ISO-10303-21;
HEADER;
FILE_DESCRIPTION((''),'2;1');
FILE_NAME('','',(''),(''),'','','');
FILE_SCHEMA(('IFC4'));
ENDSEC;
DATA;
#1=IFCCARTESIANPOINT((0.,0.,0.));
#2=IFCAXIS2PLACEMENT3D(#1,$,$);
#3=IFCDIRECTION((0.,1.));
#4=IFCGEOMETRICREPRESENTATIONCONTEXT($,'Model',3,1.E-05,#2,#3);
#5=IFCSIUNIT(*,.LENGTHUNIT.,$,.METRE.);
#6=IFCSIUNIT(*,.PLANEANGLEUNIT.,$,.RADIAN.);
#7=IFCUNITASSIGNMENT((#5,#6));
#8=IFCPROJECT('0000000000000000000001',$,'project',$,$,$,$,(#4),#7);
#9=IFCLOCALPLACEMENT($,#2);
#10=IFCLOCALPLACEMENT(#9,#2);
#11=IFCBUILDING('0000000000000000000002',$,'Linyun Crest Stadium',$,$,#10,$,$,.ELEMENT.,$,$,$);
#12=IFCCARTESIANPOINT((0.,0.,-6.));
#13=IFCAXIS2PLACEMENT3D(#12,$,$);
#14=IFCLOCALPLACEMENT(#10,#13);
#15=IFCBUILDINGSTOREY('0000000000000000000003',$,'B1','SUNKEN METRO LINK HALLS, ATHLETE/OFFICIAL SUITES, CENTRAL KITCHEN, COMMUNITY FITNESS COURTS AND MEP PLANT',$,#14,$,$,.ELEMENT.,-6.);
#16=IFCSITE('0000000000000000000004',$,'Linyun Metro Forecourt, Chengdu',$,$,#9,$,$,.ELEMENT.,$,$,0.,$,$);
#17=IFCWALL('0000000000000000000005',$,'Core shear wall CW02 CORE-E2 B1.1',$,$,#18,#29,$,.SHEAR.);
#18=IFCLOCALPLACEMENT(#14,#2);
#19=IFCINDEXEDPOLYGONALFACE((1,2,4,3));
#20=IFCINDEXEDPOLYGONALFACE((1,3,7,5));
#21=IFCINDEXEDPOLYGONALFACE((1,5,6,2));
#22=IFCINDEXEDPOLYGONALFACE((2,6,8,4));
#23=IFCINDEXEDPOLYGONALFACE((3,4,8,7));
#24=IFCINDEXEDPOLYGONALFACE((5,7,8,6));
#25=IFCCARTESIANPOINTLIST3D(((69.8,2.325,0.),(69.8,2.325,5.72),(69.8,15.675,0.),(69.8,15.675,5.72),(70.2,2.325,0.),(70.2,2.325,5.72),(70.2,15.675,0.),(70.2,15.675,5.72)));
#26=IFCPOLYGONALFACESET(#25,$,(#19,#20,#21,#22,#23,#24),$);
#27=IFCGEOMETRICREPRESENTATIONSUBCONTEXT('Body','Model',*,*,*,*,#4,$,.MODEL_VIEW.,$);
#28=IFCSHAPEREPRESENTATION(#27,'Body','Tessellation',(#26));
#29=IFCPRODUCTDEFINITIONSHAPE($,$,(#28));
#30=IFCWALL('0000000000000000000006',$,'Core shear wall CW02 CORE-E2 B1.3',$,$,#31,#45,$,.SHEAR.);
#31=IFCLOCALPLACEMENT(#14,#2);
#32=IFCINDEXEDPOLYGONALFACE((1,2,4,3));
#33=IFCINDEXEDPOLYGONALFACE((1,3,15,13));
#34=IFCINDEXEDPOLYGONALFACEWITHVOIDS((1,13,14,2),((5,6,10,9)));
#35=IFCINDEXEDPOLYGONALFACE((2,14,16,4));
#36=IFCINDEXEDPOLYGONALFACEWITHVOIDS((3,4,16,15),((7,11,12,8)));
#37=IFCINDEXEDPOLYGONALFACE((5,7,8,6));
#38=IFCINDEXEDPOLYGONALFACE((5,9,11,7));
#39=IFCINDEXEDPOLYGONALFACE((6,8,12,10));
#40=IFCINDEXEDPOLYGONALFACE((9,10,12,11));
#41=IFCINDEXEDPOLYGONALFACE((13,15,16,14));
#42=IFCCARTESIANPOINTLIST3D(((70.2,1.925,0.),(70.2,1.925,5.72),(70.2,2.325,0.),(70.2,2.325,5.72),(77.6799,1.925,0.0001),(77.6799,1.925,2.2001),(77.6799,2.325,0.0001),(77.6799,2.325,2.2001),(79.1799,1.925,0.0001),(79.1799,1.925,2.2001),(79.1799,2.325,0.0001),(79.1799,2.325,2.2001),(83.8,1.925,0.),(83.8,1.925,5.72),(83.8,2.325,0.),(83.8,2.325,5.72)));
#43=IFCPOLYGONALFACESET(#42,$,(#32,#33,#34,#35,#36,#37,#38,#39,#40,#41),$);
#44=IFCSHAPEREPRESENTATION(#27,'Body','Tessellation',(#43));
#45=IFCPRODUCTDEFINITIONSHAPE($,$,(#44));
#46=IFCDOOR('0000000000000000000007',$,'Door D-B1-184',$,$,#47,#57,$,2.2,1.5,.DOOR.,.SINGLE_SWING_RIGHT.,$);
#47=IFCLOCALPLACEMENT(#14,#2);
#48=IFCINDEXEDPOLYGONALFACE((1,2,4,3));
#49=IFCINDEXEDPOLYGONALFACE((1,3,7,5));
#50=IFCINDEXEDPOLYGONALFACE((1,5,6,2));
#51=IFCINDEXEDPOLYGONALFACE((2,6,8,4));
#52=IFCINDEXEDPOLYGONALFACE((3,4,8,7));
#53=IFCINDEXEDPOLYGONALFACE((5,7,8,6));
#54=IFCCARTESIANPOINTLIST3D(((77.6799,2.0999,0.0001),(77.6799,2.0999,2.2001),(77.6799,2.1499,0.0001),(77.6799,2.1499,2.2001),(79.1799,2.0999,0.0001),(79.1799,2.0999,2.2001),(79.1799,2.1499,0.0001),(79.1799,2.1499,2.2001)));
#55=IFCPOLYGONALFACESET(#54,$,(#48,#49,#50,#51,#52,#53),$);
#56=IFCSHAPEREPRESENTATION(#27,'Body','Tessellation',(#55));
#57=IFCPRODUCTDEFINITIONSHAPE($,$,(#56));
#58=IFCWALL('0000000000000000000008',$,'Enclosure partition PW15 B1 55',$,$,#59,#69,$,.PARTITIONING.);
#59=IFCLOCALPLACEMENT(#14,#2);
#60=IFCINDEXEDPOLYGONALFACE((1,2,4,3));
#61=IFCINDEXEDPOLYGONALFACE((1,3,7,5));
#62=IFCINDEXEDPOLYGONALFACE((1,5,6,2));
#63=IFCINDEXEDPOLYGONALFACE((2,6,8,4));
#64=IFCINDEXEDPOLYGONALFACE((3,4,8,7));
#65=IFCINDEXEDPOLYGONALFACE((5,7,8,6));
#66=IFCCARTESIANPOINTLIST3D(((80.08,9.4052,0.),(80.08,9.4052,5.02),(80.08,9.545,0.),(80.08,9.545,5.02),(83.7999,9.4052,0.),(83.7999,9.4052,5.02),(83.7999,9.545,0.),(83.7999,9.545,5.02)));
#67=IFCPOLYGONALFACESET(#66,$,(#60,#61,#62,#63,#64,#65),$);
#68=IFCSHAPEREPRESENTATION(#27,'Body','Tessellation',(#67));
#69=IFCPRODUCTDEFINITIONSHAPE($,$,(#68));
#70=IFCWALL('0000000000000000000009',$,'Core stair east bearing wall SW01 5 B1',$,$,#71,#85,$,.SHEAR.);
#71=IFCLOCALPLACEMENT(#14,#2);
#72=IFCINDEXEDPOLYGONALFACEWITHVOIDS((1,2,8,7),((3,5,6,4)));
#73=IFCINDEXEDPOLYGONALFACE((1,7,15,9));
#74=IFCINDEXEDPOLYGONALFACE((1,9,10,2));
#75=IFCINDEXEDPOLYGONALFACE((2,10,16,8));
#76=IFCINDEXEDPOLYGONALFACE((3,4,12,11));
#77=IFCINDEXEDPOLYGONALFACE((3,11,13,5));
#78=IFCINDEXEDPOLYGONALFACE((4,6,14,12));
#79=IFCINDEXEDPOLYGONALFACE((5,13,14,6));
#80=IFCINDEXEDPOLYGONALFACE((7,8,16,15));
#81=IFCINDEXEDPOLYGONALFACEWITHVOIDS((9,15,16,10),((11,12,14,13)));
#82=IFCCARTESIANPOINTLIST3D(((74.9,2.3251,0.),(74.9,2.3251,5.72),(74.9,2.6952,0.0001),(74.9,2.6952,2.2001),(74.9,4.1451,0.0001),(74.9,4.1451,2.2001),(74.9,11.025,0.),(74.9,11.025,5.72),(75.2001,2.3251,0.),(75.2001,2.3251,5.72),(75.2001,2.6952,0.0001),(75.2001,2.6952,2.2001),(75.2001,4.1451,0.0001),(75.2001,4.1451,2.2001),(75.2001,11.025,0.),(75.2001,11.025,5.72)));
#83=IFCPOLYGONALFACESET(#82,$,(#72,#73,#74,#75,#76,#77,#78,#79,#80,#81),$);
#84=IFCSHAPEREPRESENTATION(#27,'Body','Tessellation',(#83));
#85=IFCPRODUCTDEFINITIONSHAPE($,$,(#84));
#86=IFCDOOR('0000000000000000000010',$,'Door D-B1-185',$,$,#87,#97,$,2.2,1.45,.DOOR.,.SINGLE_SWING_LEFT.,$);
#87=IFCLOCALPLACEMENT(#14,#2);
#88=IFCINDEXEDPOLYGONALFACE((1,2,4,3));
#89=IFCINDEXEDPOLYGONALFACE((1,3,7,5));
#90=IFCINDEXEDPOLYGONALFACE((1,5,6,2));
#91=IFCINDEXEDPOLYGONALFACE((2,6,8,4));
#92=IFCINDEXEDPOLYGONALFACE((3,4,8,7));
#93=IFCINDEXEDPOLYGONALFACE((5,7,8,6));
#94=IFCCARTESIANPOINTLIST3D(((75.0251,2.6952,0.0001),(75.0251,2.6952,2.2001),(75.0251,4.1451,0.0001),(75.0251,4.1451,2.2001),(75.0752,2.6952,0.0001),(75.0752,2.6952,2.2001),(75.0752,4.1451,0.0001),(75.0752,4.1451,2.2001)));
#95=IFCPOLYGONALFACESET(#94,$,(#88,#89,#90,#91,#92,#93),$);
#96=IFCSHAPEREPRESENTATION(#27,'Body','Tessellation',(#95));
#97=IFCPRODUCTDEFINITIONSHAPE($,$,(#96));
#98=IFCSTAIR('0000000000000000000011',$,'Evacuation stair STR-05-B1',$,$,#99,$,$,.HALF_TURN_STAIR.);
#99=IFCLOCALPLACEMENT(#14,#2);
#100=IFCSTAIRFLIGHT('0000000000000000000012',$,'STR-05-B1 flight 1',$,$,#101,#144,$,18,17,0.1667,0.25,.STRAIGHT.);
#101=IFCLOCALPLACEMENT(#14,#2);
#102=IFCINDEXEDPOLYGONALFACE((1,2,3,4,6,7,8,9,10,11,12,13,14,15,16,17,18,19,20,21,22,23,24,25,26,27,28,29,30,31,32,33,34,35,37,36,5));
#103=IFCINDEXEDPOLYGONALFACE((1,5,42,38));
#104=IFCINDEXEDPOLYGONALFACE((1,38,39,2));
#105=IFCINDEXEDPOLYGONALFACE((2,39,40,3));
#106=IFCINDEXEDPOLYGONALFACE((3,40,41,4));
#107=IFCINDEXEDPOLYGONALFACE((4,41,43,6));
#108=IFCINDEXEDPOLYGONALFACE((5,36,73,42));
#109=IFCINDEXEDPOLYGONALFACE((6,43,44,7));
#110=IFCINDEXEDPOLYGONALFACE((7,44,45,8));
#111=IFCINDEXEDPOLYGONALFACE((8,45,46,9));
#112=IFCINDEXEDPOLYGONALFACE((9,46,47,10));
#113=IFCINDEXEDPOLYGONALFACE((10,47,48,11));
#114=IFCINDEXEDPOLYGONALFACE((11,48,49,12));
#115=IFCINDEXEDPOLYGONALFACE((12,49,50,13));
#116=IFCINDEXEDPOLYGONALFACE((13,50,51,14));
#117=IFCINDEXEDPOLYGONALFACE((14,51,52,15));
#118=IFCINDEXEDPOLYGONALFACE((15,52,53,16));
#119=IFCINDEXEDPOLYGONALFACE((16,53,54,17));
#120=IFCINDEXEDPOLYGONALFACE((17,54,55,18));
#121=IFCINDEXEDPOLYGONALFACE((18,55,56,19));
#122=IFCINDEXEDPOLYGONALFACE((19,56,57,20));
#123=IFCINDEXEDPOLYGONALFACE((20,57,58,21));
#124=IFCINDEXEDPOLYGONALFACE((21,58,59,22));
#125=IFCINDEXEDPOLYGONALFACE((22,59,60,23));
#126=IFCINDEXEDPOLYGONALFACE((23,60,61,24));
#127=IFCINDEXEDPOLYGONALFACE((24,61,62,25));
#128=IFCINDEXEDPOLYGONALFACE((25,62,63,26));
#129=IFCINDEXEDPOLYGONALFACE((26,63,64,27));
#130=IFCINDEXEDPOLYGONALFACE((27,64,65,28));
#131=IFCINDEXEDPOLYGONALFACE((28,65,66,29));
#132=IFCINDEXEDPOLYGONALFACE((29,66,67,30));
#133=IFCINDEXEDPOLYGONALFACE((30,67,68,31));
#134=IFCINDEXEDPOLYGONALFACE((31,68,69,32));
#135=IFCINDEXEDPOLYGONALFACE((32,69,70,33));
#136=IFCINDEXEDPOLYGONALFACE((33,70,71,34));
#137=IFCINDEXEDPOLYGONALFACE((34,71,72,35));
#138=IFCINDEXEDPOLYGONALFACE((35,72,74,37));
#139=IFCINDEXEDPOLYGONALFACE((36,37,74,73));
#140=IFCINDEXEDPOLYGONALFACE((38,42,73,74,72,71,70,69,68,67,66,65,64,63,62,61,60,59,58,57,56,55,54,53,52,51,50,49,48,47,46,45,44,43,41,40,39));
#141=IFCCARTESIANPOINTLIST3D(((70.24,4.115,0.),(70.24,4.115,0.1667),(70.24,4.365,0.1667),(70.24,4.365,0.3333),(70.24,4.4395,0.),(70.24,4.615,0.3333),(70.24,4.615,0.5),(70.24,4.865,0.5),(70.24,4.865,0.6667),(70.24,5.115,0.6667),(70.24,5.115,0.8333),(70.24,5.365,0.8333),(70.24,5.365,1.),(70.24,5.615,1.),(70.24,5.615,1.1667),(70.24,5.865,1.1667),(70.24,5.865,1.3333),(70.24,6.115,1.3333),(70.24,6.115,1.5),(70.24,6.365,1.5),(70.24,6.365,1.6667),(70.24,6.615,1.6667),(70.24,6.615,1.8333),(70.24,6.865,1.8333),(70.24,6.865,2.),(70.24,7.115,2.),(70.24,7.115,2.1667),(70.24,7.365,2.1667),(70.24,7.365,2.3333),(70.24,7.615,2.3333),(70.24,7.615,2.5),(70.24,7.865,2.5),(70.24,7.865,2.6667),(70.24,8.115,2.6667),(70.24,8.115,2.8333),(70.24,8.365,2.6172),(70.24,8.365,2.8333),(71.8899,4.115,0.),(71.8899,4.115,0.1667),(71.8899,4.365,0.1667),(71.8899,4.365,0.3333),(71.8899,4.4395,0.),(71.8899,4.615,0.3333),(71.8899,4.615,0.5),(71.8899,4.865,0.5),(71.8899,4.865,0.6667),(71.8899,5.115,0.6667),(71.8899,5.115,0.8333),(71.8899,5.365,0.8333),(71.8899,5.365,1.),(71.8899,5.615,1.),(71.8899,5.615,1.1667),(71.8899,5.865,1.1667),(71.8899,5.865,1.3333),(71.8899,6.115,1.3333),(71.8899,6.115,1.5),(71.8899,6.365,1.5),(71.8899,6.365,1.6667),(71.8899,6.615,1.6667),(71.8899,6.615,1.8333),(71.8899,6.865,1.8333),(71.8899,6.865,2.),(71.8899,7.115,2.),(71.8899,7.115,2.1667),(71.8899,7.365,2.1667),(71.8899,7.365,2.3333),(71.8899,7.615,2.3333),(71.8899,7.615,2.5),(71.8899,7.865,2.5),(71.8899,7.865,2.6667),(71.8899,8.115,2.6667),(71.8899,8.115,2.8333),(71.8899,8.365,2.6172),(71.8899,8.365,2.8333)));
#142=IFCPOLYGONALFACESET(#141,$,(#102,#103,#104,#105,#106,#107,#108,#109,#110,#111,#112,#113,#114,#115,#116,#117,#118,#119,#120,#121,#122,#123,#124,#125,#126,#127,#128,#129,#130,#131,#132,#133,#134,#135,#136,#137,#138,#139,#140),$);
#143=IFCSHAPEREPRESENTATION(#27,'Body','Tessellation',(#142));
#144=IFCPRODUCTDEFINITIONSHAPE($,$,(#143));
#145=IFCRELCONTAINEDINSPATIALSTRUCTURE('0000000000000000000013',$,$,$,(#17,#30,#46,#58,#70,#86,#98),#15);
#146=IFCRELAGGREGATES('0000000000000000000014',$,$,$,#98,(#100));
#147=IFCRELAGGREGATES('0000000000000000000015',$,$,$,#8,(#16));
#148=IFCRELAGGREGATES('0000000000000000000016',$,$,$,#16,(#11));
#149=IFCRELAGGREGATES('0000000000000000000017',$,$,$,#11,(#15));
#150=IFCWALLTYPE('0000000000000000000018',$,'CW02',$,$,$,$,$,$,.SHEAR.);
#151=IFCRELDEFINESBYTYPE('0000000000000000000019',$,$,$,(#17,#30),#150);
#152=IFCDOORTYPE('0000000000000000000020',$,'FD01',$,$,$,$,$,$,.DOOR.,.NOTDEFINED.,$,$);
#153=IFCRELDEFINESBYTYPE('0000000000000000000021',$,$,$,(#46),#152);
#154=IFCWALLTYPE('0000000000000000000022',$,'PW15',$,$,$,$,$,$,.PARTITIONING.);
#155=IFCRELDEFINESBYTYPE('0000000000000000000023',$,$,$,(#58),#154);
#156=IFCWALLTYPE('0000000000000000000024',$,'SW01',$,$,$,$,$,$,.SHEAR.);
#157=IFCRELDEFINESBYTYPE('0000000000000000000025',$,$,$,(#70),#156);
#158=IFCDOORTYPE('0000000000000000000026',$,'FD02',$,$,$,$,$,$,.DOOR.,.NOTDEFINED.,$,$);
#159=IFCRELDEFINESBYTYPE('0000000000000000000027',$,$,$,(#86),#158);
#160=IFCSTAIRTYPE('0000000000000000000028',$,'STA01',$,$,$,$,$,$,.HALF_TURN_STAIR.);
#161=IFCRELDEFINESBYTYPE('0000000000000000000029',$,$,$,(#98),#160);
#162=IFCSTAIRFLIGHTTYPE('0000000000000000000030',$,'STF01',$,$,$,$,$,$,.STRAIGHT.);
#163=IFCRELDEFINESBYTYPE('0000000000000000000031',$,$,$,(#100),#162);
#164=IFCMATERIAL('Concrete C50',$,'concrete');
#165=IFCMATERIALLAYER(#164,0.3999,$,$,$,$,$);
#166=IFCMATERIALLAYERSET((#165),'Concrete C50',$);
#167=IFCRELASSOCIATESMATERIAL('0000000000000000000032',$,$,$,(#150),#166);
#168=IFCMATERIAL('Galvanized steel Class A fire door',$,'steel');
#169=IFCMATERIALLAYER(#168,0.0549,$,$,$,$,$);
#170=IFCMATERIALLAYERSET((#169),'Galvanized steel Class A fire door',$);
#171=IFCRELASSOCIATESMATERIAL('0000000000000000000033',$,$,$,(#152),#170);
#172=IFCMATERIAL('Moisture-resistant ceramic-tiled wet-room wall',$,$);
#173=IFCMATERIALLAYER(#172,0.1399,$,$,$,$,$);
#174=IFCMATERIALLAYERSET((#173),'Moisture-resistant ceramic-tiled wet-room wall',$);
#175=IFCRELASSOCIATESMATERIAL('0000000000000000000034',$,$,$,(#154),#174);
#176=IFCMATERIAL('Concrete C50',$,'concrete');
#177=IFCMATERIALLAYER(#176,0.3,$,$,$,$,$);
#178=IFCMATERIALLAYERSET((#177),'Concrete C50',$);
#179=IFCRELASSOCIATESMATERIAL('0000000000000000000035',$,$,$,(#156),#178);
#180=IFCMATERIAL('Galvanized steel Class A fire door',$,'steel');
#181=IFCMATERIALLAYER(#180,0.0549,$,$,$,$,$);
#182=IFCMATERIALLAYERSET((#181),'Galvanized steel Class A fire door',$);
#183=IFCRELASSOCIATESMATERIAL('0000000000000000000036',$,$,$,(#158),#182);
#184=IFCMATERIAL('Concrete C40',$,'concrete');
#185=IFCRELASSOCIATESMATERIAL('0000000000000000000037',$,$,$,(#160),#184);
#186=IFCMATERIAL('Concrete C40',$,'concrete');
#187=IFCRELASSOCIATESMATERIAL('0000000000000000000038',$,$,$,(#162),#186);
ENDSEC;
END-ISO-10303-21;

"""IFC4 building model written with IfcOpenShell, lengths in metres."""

from ifc_helpers import new_model, si_unit, direction, frame, frame_2d, origin, place, context, subcontext, project, spatial, polyline, rectangle, outline, extrude, material, layer, layer_set, type_object, element, fill, aggregate, save


model = new_model("IFC4")

# Units and contexts
model_context = context("Model", 3, precision=1e-05, world=origin(), true_north=direction((0.0, 1.0)))
body_context = subcontext(model_context, "Body", "Model", "MODEL_VIEW")
ifc_project = project(units=[si_unit("LENGTHUNIT", "METRE"), si_unit("PLANEANGLEUNIT", "RADIAN")], contexts=[model_context])

# Site, building, storey
site_placement = place(None, origin())
site = spatial("IfcSite", under=ifc_project, at=site_placement, Name="Linyun Metro Forecourt, Chengdu", CompositionType="ELEMENT", RefElevation=0.0)
building_placement = place(site_placement, origin())
building = spatial("IfcBuilding", under=site, at=building_placement, Name="Linyun Crest Stadium", CompositionType="ELEMENT")
storey_placement = place(building_placement, frame((0.0, 0.0, -6.0)))
storey = spatial("IfcBuildingStorey", under=building, at=storey_placement, Name="B1", Description="SUNKEN METRO LINK HALLS, ATHLETE/OFFICIAL SUITES, CENTRAL KITCHEN, COMMUNITY FITNESS COURTS AND MEP PLANT", CompositionType="ELEMENT", Elevation=-6.0)

# Wall
ifc_material_1 = material(Name="Concrete C50", Category="concrete")
ifc_layer_1 = layer(ifc_material_1, 0.3999)
ifc_layer_set_1 = layer_set([ifc_layer_1], Name="Concrete C50")
wall_type_1 = type_object("IfcWallType", Name="CW02", PredefinedType="SHEAR", material=ifc_layer_set_1)
wall_1_placement = place(storey_placement, frame((70.0, 2.325, 0.0), z_axis=(0.0, 0.0, 1.0), x_axis=(0.0, 1.0, 0.0)))
element("IfcWall", 1, at=wall_1_placement, inside=storey, type_object=wall_type_1, Name="Core shear wall CW02 CORE-E2 B1.1", PredefinedType="SHEAR", context=body_context, shape_type="SweptSolid", body=[
    extrude(rectangle(XDim=13.3501, YDim=0.3999, at=frame_2d((6.675, 0.0))), origin(), (0.0, 0.0, 1.0), 5.72),
])

# Wall, opening, door
wall_2_placement = place(storey_placement, frame((70.2, 2.125, 0.0), z_axis=(0.0, 0.0, 1.0), x_axis=(1.0, 0.0, 0.0)))
wall_2 = element("IfcWall", 2, at=wall_2_placement, inside=storey, type_object=wall_type_1, Name="Core shear wall CW02 CORE-E2 B1.3", PredefinedType="SHEAR", context=body_context, shape_type="SweptSolid", body=[
    extrude(rectangle(XDim=13.6001, YDim=0.3999, at=frame_2d((6.8, 0.0))), origin(), (0.0, 0.0, 1.0), 5.72),
])
opening_1_placement = place(wall_2_placement, frame((7.48, 0.0, 0.0)))
opening_1 = element("IfcOpeningElement", 3, at=opening_1_placement, cuts=wall_2, PredefinedType="OPENING", context=body_context, shape_type="SweptSolid", body=[
    extrude(rectangle(XDim=1.5, YDim=2.2, at=frame_2d((0.75, 1.1001))), frame((0.0, 0.21, 0.0), z_axis=(0.0, -1.0, 0.0), x_axis=(1.0, 0.0, 0.0)), (0.0, 0.0, 1.0), 0.4199),
])
ifc_material_2 = material(Name="Galvanized steel Class A fire door", Category="steel")
ifc_layer_2 = layer(ifc_material_2, 0.0549)
ifc_layer_set_2 = layer_set([ifc_layer_2], Name="Galvanized steel Class A fire door")
door_type_1 = type_object("IfcDoorType", Name="FD01", OperationType="NOTDEFINED", PredefinedType="DOOR", material=ifc_layer_set_2)
door_1_placement = place(opening_1_placement, origin())
door_1 = element("IfcDoor", 4, at=door_1_placement, inside=storey, type_object=door_type_1, Name="Door D-B1-184", OperationType="SINGLE_SWING_RIGHT", OverallHeight=2.2, OverallWidth=1.5, PredefinedType="DOOR", context=body_context, shape_type="SweptSolid", body=[
    extrude(rectangle(XDim=1.5, YDim=2.2, at=frame_2d((0.75, 1.1001))), frame((0.0, 0.0249, 0.0), z_axis=(0.0, -1.0, 0.0), x_axis=(1.0, 0.0, 0.0)), (0.0, 0.0, 1.0), 0.05),
])
fill(opening_1, door_1)

# Wall
ifc_material_3 = material(Name="Moisture-resistant ceramic-tiled wet-room wall")
ifc_layer_3 = layer(ifc_material_3, 0.1399)
ifc_layer_set_3 = layer_set([ifc_layer_3], Name="Moisture-resistant ceramic-tiled wet-room wall")
wall_type_2 = type_object("IfcWallType", Name="PW15", PredefinedType="PARTITIONING", material=ifc_layer_set_3)
wall_3_placement = place(storey_placement, frame((80.0801, 9.4751, 0.0), z_axis=(0.0, 0.0, 1.0), x_axis=(1.0, 0.0, 0.0)))
element("IfcWall", 5, at=wall_3_placement, inside=storey, type_object=wall_type_2, Name="Enclosure partition PW15 B1 55", PredefinedType="PARTITIONING", context=body_context, shape_type="SweptSolid", body=[
    extrude(rectangle(XDim=3.72, YDim=0.1399, at=frame_2d((1.8599, 0.0))), origin(), (0.0, 0.0, 1.0), 5.02),
])

# Wall, opening, door
ifc_material_4 = material(Name="Concrete C50", Category="concrete")
ifc_layer_4 = layer(ifc_material_4, 0.3)
ifc_layer_set_4 = layer_set([ifc_layer_4], Name="Concrete C50")
wall_type_3 = type_object("IfcWallType", Name="SW01", PredefinedType="SHEAR", material=ifc_layer_set_4)
wall_4_placement = place(storey_placement, frame((75.05, 2.325, 0.0), z_axis=(0.0, 0.0, 1.0), x_axis=(0.0, 1.0, 0.0)))
wall_4 = element("IfcWall", 6, at=wall_4_placement, inside=storey, type_object=wall_type_3, Name="Core stair east bearing wall SW01 5 B1", PredefinedType="SHEAR", context=body_context, shape_type="SweptSolid", body=[
    extrude(rectangle(XDim=8.7, YDim=0.3, at=frame_2d((4.3501, 0.0))), origin(), (0.0, 0.0, 1.0), 5.72),
])
opening_2_placement = place(wall_4_placement, frame((0.3701, 0.0, 0.0)))
opening_2 = element("IfcOpeningElement", 7, at=opening_2_placement, cuts=wall_4, PredefinedType="OPENING", context=body_context, shape_type="SweptSolid", body=[
    extrude(rectangle(XDim=1.45, YDim=2.2, at=frame_2d((0.7251, 1.1001))), frame((0.0, 0.1599, 0.0), z_axis=(0.0, -1.0, 0.0), x_axis=(1.0, 0.0, 0.0)), (0.0, 0.0, 1.0), 0.3201),
])
ifc_material_5 = material(Name="Galvanized steel Class A fire door", Category="steel")
ifc_layer_5 = layer(ifc_material_5, 0.0549)
ifc_layer_set_5 = layer_set([ifc_layer_5], Name="Galvanized steel Class A fire door")
door_type_2 = type_object("IfcDoorType", Name="FD02", OperationType="NOTDEFINED", PredefinedType="DOOR", material=ifc_layer_set_5)
door_2_placement = place(opening_2_placement, origin())
door_2 = element("IfcDoor", 8, at=door_2_placement, inside=storey, type_object=door_type_2, Name="Door D-B1-185", OperationType="SINGLE_SWING_LEFT", OverallHeight=2.2, OverallWidth=1.45, PredefinedType="DOOR", context=body_context, shape_type="SweptSolid", body=[
    extrude(rectangle(XDim=1.45, YDim=2.2, at=frame_2d((0.7251, 1.1001))), frame((0.0, 0.0249, 0.0), z_axis=(0.0, -1.0, 0.0), x_axis=(1.0, 0.0, 0.0)), (0.0, 0.0, 1.0), 0.05),
])
fill(opening_2, door_2)

# Stair, stair flight
ifc_material_6 = material(Name="Concrete C40", Category="concrete")
stair_type = type_object("IfcStairType", Name="STA01", PredefinedType="HALF_TURN_STAIR", material=ifc_material_6)
stair_placement = place(storey_placement, origin())
stair = element("IfcStair", 9, at=stair_placement, inside=storey, type_object=stair_type, Name="Evacuation stair STR-05-B1", PredefinedType="HALF_TURN_STAIR")
ifc_material_7 = material(Name="Concrete C40", Category="concrete")
stair_flight_type = type_object("IfcStairFlightType", Name="STF01", PredefinedType="STRAIGHT", material=ifc_material_7)
stair_flight_1_placement = place(storey_placement, frame((71.0649, 4.115, 0.0), z_axis=(0.0, 0.0, 1.0), x_axis=(0.0, 1.0, 0.0)))
stair_flight_1 = element("IfcStairFlight", 10, at=stair_flight_1_placement, type_object=stair_flight_type, Name="STR-05-B1 flight 1", NumberOfRisers=18, NumberOfTreads=17, PredefinedType="STRAIGHT", RiserHeight=0.1667, TreadLength=0.25, context=body_context, shape_type="SweptSolid", body=[
    extrude(outline(polyline([(0.0, 0.0), (0.0, 0.1667), (0.25, 0.1667), (0.25, 0.3333), (0.5, 0.3333), (0.5, 0.5), (0.75, 0.5), (0.75, 0.6667), (1.0, 0.6667), (1.0, 0.8333), (1.25, 0.8333), (1.25, 1.0), (1.5, 1.0), (1.5, 1.1667), (1.75, 1.1667), (1.75, 1.3333), (2.0, 1.3333), (2.0, 1.5), (2.25, 1.5), (2.25, 1.6667), (2.5, 1.6667), (2.5, 1.8333), (2.75, 1.8333), (2.75, 2.0), (3.0, 2.0), (3.0, 2.1667), (3.25, 2.1667), (3.25, 2.3333), (3.5, 2.3333), (3.5, 2.5), (3.75, 2.5), (3.75, 2.6667), (4.0, 2.6667), (4.0, 2.8333), (4.25, 2.8333), (4.25, 3.0), (4.25, 2.6172), (0.3245, 0.0), (0.0, 0.0)])), frame((0.0, 0.825, 0.0), z_axis=(0.0, -1.0, 0.0), x_axis=(1.0, 0.0, 0.0)), (0.0, 0.0, 1.0), 1.6499),
])
aggregate(stair, [stair_flight_1])

save(model, "model.ifc")
